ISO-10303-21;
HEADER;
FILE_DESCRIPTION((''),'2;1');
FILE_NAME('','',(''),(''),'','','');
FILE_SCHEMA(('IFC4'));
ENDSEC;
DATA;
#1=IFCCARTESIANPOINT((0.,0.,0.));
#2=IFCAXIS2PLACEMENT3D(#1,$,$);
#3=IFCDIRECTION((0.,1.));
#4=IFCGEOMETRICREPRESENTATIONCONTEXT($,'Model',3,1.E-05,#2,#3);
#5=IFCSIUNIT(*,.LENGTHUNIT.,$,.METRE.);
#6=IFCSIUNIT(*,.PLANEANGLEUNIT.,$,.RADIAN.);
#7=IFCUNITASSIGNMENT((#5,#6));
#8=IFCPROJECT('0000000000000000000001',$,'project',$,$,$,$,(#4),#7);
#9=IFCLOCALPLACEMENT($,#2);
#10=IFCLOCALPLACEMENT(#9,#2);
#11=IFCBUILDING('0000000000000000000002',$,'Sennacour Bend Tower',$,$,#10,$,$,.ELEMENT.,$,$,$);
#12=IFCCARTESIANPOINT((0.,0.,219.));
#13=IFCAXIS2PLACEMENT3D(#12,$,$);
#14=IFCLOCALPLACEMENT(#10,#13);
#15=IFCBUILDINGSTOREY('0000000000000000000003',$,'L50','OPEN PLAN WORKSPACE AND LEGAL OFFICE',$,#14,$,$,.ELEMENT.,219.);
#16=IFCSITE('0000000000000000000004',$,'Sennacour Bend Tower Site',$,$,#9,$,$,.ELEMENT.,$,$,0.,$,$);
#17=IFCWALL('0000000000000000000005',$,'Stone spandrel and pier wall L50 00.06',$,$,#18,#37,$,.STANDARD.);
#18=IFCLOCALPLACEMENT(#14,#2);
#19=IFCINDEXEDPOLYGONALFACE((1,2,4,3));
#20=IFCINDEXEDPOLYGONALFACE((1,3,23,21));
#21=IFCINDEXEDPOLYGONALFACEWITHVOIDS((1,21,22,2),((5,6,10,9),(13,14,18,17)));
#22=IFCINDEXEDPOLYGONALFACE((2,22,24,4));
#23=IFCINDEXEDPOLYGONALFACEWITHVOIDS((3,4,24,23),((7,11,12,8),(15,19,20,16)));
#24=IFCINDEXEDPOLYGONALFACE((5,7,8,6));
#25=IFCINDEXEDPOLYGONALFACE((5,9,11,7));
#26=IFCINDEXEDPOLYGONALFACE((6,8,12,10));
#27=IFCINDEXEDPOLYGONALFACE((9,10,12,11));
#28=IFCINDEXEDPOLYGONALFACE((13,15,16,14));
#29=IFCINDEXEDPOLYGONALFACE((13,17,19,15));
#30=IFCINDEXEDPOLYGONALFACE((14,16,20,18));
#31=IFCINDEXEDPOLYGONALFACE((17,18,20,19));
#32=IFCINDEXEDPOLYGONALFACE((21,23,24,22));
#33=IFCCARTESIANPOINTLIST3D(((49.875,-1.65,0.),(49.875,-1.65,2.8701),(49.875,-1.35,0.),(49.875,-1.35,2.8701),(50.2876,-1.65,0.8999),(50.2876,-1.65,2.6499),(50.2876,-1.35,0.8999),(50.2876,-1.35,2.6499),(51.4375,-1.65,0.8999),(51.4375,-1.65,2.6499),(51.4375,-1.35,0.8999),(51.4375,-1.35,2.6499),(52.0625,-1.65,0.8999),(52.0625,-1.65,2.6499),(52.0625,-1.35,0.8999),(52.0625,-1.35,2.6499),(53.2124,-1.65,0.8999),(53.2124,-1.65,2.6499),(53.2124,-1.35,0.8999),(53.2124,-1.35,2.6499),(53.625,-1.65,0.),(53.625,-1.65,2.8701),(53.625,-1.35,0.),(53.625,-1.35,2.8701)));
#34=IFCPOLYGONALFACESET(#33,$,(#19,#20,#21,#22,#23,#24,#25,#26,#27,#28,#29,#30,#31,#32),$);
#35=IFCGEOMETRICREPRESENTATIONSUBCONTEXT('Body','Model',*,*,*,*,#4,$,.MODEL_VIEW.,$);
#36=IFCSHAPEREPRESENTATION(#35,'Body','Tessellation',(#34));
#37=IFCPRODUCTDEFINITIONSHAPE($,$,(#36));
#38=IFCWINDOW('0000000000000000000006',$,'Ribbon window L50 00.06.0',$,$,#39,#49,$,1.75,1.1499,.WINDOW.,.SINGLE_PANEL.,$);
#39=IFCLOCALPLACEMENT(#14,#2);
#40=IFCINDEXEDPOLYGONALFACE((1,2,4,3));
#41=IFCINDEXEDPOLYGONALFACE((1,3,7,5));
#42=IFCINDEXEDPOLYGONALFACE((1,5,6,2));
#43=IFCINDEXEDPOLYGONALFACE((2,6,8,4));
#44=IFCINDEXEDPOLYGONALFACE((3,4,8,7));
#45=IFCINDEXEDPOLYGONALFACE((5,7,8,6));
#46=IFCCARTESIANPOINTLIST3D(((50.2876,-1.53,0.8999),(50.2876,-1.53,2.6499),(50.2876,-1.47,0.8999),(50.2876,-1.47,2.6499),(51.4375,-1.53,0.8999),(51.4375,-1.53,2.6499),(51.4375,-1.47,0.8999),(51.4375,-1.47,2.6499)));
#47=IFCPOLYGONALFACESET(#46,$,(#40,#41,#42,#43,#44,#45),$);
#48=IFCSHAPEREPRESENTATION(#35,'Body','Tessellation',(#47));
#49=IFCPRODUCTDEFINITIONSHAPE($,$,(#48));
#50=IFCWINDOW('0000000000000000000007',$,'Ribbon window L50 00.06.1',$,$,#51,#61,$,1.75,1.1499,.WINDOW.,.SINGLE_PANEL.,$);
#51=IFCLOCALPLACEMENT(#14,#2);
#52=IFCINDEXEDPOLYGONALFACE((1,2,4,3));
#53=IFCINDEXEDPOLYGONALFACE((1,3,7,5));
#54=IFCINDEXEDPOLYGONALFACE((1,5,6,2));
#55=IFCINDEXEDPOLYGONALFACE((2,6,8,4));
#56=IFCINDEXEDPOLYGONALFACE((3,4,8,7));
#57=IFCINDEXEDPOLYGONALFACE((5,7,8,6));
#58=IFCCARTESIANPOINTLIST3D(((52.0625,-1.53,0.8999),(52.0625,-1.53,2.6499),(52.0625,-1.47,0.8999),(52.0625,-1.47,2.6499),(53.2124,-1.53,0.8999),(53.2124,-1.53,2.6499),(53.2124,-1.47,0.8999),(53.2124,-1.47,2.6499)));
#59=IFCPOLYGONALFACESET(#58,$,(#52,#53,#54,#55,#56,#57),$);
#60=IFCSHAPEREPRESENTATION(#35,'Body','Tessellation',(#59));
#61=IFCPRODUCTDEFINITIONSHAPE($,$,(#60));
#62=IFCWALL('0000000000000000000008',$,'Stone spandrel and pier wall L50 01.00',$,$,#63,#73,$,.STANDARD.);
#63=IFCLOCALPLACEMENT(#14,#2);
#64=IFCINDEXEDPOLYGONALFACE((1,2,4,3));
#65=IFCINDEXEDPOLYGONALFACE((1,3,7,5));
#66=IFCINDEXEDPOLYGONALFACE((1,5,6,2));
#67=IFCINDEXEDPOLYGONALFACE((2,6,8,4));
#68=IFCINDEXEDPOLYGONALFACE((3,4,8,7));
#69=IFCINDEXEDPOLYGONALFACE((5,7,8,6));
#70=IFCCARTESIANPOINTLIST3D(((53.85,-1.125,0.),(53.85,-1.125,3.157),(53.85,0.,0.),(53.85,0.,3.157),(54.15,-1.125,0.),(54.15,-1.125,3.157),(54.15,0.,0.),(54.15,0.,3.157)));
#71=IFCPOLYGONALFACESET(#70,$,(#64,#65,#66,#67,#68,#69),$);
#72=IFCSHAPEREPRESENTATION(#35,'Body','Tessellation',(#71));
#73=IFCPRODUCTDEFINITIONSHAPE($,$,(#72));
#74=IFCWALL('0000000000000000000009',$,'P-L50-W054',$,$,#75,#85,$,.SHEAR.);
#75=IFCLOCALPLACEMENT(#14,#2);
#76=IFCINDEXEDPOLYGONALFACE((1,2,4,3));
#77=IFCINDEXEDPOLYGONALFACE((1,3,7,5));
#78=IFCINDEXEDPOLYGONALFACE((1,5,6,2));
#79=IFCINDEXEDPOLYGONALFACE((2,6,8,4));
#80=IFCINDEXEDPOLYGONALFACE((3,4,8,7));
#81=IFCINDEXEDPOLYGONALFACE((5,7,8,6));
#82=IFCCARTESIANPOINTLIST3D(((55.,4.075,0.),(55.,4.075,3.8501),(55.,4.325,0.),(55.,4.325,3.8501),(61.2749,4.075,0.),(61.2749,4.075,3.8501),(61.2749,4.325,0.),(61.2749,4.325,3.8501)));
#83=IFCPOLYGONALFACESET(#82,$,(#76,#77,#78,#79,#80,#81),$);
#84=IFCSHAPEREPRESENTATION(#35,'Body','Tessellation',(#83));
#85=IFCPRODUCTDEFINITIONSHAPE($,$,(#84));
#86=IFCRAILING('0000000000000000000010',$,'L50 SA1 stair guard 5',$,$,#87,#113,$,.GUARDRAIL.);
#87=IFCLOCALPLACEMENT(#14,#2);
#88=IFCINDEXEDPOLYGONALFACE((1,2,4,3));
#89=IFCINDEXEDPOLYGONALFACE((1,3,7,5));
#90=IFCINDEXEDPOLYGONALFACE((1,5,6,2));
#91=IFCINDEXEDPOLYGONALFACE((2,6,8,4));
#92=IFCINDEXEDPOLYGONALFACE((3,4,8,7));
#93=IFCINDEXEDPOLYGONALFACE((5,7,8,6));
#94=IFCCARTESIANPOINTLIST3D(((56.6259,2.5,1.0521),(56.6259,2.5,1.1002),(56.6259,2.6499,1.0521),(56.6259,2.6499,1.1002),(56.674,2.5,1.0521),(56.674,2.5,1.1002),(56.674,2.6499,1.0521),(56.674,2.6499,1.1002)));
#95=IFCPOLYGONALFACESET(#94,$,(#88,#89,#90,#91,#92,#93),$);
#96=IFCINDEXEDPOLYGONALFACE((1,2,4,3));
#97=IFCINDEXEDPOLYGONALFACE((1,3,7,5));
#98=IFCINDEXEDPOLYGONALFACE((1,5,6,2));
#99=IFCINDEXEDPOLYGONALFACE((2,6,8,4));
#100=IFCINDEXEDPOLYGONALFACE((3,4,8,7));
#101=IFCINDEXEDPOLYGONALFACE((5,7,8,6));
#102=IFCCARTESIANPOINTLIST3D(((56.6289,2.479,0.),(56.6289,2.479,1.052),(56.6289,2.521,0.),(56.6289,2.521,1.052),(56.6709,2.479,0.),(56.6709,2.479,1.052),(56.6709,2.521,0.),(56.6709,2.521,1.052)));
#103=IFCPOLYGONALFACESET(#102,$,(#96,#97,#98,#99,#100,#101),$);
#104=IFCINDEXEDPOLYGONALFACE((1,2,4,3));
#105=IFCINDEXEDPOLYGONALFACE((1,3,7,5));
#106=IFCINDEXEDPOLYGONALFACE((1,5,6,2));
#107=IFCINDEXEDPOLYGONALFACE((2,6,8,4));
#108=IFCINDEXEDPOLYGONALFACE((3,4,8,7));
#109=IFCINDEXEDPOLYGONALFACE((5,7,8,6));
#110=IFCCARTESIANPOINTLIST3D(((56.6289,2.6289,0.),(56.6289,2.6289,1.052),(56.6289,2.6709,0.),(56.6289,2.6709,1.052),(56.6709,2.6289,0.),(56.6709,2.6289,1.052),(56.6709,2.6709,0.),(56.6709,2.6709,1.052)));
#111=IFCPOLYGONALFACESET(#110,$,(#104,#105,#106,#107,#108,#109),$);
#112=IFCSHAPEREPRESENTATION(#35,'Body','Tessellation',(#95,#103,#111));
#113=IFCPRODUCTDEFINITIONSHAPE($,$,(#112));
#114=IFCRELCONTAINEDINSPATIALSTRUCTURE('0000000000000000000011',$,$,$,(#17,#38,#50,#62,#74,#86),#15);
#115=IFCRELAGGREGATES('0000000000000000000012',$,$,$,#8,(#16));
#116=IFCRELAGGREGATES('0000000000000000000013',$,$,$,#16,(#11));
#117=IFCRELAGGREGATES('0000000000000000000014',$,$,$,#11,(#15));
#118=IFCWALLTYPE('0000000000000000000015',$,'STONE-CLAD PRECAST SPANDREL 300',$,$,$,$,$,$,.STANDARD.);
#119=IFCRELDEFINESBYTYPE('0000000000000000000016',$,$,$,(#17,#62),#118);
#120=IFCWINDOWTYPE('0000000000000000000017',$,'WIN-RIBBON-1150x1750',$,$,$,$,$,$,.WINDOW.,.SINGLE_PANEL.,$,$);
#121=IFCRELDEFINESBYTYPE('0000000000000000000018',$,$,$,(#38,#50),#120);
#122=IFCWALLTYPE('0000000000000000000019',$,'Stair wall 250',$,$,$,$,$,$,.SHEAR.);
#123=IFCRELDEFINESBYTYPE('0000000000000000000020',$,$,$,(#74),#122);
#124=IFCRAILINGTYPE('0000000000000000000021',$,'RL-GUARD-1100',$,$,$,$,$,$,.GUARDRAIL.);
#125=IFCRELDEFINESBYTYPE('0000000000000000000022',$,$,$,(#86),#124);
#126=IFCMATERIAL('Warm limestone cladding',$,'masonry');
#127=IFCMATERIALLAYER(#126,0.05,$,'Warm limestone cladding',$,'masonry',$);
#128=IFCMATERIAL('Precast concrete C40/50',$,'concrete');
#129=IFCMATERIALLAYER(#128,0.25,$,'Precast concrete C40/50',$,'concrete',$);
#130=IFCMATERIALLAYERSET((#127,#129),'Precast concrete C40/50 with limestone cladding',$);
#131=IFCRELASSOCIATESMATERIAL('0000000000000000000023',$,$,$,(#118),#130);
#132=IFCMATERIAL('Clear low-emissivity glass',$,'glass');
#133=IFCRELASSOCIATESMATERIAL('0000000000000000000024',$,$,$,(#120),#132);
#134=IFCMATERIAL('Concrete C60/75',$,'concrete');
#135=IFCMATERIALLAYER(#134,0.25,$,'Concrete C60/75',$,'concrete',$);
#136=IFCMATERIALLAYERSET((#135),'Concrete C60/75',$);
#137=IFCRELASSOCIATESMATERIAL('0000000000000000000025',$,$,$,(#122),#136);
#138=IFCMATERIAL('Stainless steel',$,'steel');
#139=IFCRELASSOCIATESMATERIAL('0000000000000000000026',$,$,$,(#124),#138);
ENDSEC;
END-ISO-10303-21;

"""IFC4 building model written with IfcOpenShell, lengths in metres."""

from ifc_helpers import new_model, si_unit, direction, frame, frame_2d, origin, origin_2d, place, context, subcontext, project, spatial, rectangle, extrude, material, layer, layer_set, type_object, element, fill, save


model = new_model("IFC4")

# Units and contexts
model_context = context("Model", 3, precision=1e-05, world=origin(), true_north=direction((0.0, 1.0)))
body_context = subcontext(model_context, "Body", "Model", "MODEL_VIEW")
ifc_project = project(units=[si_unit("LENGTHUNIT", "METRE"), si_unit("PLANEANGLEUNIT", "RADIAN")], contexts=[model_context])

# Site, building, storey
site_placement = place(None, origin())
site = spatial("IfcSite", under=ifc_project, at=site_placement, Name="Sennacour Bend Tower Site", CompositionType="ELEMENT", RefElevation=0.0)
building_placement = place(site_placement, origin())
building = spatial("IfcBuilding", under=site, at=building_placement, Name="Sennacour Bend Tower", CompositionType="ELEMENT")
storey_placement = place(building_placement, frame((0.0, 0.0, 219.0)))
storey = spatial("IfcBuildingStorey", under=building, at=storey_placement, Name="L50", Description="OPEN PLAN WORKSPACE AND LEGAL OFFICE", CompositionType="ELEMENT", Elevation=219.0)

# Shared definitions
ifc_material_1 = material(Name="Concrete C60/75", Category="concrete")

# Wall, openings, windows
ifc_material_2 = material(Name="Warm limestone cladding", Category="masonry")
ifc_layer_1 = layer(ifc_material_2, 0.05, Name="Warm limestone cladding", Category="masonry")
ifc_material_3 = material(Name="Precast concrete C40/50", Category="concrete")
ifc_layer_2 = layer(ifc_material_3, 0.25, Name="Precast concrete C40/50", Category="concrete")
ifc_layer_set_1 = layer_set([ifc_layer_1, ifc_layer_2], Name="Precast concrete C40/50 with limestone cladding")
wall_type_1 = type_object("IfcWallType", Name="STONE-CLAD PRECAST SPANDREL 300", PredefinedType="STANDARD", material=ifc_layer_set_1)
wall_1_placement = place(storey_placement, frame((49.875, -1.5, 0.0), z_axis=(0.0, 0.0, 1.0), x_axis=(1.0, 0.0, 0.0)))
wall_1 = element("IfcWall", 1, at=wall_1_placement, inside=storey, type_object=wall_type_1, Name="Stone spandrel and pier wall L50 00.06", PredefinedType="STANDARD", context=body_context, shape_type="SweptSolid", body=[
    extrude(rectangle(XDim=3.75, YDim=0.3, at=frame_2d((1.875, 0.0))), origin(), (0.0, 0.0, 1.0), 2.8701),
])
opening_1_placement = place(wall_1_placement, frame((0.4126, 0.0, 0.8999)))
opening_1 = element("IfcOpeningElement", 2, at=opening_1_placement, cuts=wall_1, PredefinedType="OPENING", context=body_context, shape_type="SweptSolid", body=[
    extrude(rectangle(XDim=1.1499, YDim=1.75, at=frame_2d((0.575, 0.875))), frame((0.0, 0.1602, 0.0), z_axis=(0.0, -1.0, 0.0), x_axis=(1.0, 0.0, 0.0)), (0.0, 0.0, 1.0), 0.3201),
])
opening_2_placement = place(wall_1_placement, frame((2.1875, 0.0, 0.8999)))
opening_2 = element("IfcOpeningElement", 3, at=opening_2_placement, cuts=wall_1, PredefinedType="OPENING", context=body_context, shape_type="SweptSolid", body=[
    extrude(rectangle(XDim=1.1499, YDim=1.75, at=frame_2d((0.575, 0.875))), frame((0.0, 0.1602, 0.0), z_axis=(0.0, -1.0, 0.0), x_axis=(1.0, 0.0, 0.0)), (0.0, 0.0, 1.0), 0.3201),
])
ifc_material_4 = material(Name="Clear low-emissivity glass", Category="glass")
window_type = type_object("IfcWindowType", Name="WIN-RIBBON-1150x1750", PartitioningType="SINGLE_PANEL", PredefinedType="WINDOW", material=ifc_material_4)
window_1_placement = place(opening_1_placement, origin())
window_1 = element("IfcWindow", 4, at=window_1_placement, inside=storey, type_object=window_type, Name="Ribbon window L50 00.06.0", OverallHeight=1.75, OverallWidth=1.1499, PartitioningType="SINGLE_PANEL", PredefinedType="WINDOW", context=body_context, shape_type="SweptSolid", body=[
    extrude(rectangle(XDim=1.1499, YDim=1.75, at=frame_2d((0.575, 0.875))), frame((0.0, 0.03, 0.0), z_axis=(0.0, -1.0, 0.0), x_axis=(1.0, 0.0, 0.0)), (0.0, 0.0, 1.0), 0.0601),
])
fill(opening_1, window_1)
window_2_placement = place(opening_2_placement, origin())
window_2 = element("IfcWindow", 5, at=window_2_placement, inside=storey, type_object=window_type, Name="Ribbon window L50 00.06.1", OverallHeight=1.75, OverallWidth=1.1499, PartitioningType="SINGLE_PANEL", PredefinedType="WINDOW", context=body_context, shape_type="SweptSolid", body=[
    extrude(rectangle(XDim=1.1499, YDim=1.75, at=frame_2d((0.575, 0.875))), frame((0.0, 0.03, 0.0), z_axis=(0.0, -1.0, 0.0), x_axis=(1.0, 0.0, 0.0)), (0.0, 0.0, 1.0), 0.0601),
])
fill(opening_2, window_2)

# Walls
wall_2_placement = place(storey_placement, frame((54.0, -1.125, 0.0), z_axis=(0.0, 0.0, 1.0), x_axis=(0.0, 1.0, 0.0)))
element("IfcWall", 6, at=wall_2_placement, inside=storey, type_object=wall_type_1, Name="Stone spandrel and pier wall L50 01.00", PredefinedType="STANDARD", context=body_context, shape_type="SweptSolid", body=[
    extrude(rectangle(XDim=1.125, YDim=0.3, at=frame_2d((0.5625, 0.0))), origin(), (0.0, 0.0, 1.0), 3.157),
])
ifc_layer_3 = layer(ifc_material_1, 0.25, Name="Concrete C60/75", Category="concrete")
ifc_layer_set_2 = layer_set([ifc_layer_3], Name="Concrete C60/75")
wall_type_2 = type_object("IfcWallType", Name="Stair wall 250", PredefinedType="SHEAR", material=ifc_layer_set_2)
wall_3_placement = place(storey_placement, frame((55.0, 4.2, 0.0), z_axis=(0.0, 0.0, 1.0), x_axis=(1.0, 0.0, 0.0)))
element("IfcWall", 7, at=wall_3_placement, inside=storey, type_object=wall_type_2, Name="P-L50-W054", PredefinedType="SHEAR", context=body_context, shape_type="SweptSolid", body=[
    extrude(rectangle(XDim=6.2749, YDim=0.25, at=frame_2d((3.1375, 0.0))), origin(), (0.0, 0.0, 1.0), 3.8501),
])

# Railing
ifc_material_5 = material(Name="Stainless steel", Category="steel")
railing_type = type_object("IfcRailingType", Name="RL-GUARD-1100", PredefinedType="GUARDRAIL", material=ifc_material_5)
railing_placement = place(storey_placement, frame((56.6499, 2.5, 0.0)))
element("IfcRailing", 8, at=railing_placement, inside=storey, type_object=railing_type, Name="L50 SA1 stair guard 5", PredefinedType="GUARDRAIL", context=body_context, shape_type="SweptSolid", body=[
    extrude(rectangle(XDim=0.0481, YDim=0.0481, at=origin_2d()), frame((0.0, 0.0, 1.0762), z_axis=(0.0, 1.0, 0.0), x_axis=(-1.0, 0.0, 0.0)), (0.0, 0.0, 1.0), 0.1499),
    extrude(rectangle(XDim=0.042, YDim=0.042, at=origin_2d()), origin(), (0.0, 0.0, 1.0), 1.052),
    extrude(rectangle(XDim=0.042, YDim=0.042, at=origin_2d()), frame((0.0, 0.1499, 0.0)), (0.0, 0.0, 1.0), 1.052),
])

save(model, "model.ifc")
